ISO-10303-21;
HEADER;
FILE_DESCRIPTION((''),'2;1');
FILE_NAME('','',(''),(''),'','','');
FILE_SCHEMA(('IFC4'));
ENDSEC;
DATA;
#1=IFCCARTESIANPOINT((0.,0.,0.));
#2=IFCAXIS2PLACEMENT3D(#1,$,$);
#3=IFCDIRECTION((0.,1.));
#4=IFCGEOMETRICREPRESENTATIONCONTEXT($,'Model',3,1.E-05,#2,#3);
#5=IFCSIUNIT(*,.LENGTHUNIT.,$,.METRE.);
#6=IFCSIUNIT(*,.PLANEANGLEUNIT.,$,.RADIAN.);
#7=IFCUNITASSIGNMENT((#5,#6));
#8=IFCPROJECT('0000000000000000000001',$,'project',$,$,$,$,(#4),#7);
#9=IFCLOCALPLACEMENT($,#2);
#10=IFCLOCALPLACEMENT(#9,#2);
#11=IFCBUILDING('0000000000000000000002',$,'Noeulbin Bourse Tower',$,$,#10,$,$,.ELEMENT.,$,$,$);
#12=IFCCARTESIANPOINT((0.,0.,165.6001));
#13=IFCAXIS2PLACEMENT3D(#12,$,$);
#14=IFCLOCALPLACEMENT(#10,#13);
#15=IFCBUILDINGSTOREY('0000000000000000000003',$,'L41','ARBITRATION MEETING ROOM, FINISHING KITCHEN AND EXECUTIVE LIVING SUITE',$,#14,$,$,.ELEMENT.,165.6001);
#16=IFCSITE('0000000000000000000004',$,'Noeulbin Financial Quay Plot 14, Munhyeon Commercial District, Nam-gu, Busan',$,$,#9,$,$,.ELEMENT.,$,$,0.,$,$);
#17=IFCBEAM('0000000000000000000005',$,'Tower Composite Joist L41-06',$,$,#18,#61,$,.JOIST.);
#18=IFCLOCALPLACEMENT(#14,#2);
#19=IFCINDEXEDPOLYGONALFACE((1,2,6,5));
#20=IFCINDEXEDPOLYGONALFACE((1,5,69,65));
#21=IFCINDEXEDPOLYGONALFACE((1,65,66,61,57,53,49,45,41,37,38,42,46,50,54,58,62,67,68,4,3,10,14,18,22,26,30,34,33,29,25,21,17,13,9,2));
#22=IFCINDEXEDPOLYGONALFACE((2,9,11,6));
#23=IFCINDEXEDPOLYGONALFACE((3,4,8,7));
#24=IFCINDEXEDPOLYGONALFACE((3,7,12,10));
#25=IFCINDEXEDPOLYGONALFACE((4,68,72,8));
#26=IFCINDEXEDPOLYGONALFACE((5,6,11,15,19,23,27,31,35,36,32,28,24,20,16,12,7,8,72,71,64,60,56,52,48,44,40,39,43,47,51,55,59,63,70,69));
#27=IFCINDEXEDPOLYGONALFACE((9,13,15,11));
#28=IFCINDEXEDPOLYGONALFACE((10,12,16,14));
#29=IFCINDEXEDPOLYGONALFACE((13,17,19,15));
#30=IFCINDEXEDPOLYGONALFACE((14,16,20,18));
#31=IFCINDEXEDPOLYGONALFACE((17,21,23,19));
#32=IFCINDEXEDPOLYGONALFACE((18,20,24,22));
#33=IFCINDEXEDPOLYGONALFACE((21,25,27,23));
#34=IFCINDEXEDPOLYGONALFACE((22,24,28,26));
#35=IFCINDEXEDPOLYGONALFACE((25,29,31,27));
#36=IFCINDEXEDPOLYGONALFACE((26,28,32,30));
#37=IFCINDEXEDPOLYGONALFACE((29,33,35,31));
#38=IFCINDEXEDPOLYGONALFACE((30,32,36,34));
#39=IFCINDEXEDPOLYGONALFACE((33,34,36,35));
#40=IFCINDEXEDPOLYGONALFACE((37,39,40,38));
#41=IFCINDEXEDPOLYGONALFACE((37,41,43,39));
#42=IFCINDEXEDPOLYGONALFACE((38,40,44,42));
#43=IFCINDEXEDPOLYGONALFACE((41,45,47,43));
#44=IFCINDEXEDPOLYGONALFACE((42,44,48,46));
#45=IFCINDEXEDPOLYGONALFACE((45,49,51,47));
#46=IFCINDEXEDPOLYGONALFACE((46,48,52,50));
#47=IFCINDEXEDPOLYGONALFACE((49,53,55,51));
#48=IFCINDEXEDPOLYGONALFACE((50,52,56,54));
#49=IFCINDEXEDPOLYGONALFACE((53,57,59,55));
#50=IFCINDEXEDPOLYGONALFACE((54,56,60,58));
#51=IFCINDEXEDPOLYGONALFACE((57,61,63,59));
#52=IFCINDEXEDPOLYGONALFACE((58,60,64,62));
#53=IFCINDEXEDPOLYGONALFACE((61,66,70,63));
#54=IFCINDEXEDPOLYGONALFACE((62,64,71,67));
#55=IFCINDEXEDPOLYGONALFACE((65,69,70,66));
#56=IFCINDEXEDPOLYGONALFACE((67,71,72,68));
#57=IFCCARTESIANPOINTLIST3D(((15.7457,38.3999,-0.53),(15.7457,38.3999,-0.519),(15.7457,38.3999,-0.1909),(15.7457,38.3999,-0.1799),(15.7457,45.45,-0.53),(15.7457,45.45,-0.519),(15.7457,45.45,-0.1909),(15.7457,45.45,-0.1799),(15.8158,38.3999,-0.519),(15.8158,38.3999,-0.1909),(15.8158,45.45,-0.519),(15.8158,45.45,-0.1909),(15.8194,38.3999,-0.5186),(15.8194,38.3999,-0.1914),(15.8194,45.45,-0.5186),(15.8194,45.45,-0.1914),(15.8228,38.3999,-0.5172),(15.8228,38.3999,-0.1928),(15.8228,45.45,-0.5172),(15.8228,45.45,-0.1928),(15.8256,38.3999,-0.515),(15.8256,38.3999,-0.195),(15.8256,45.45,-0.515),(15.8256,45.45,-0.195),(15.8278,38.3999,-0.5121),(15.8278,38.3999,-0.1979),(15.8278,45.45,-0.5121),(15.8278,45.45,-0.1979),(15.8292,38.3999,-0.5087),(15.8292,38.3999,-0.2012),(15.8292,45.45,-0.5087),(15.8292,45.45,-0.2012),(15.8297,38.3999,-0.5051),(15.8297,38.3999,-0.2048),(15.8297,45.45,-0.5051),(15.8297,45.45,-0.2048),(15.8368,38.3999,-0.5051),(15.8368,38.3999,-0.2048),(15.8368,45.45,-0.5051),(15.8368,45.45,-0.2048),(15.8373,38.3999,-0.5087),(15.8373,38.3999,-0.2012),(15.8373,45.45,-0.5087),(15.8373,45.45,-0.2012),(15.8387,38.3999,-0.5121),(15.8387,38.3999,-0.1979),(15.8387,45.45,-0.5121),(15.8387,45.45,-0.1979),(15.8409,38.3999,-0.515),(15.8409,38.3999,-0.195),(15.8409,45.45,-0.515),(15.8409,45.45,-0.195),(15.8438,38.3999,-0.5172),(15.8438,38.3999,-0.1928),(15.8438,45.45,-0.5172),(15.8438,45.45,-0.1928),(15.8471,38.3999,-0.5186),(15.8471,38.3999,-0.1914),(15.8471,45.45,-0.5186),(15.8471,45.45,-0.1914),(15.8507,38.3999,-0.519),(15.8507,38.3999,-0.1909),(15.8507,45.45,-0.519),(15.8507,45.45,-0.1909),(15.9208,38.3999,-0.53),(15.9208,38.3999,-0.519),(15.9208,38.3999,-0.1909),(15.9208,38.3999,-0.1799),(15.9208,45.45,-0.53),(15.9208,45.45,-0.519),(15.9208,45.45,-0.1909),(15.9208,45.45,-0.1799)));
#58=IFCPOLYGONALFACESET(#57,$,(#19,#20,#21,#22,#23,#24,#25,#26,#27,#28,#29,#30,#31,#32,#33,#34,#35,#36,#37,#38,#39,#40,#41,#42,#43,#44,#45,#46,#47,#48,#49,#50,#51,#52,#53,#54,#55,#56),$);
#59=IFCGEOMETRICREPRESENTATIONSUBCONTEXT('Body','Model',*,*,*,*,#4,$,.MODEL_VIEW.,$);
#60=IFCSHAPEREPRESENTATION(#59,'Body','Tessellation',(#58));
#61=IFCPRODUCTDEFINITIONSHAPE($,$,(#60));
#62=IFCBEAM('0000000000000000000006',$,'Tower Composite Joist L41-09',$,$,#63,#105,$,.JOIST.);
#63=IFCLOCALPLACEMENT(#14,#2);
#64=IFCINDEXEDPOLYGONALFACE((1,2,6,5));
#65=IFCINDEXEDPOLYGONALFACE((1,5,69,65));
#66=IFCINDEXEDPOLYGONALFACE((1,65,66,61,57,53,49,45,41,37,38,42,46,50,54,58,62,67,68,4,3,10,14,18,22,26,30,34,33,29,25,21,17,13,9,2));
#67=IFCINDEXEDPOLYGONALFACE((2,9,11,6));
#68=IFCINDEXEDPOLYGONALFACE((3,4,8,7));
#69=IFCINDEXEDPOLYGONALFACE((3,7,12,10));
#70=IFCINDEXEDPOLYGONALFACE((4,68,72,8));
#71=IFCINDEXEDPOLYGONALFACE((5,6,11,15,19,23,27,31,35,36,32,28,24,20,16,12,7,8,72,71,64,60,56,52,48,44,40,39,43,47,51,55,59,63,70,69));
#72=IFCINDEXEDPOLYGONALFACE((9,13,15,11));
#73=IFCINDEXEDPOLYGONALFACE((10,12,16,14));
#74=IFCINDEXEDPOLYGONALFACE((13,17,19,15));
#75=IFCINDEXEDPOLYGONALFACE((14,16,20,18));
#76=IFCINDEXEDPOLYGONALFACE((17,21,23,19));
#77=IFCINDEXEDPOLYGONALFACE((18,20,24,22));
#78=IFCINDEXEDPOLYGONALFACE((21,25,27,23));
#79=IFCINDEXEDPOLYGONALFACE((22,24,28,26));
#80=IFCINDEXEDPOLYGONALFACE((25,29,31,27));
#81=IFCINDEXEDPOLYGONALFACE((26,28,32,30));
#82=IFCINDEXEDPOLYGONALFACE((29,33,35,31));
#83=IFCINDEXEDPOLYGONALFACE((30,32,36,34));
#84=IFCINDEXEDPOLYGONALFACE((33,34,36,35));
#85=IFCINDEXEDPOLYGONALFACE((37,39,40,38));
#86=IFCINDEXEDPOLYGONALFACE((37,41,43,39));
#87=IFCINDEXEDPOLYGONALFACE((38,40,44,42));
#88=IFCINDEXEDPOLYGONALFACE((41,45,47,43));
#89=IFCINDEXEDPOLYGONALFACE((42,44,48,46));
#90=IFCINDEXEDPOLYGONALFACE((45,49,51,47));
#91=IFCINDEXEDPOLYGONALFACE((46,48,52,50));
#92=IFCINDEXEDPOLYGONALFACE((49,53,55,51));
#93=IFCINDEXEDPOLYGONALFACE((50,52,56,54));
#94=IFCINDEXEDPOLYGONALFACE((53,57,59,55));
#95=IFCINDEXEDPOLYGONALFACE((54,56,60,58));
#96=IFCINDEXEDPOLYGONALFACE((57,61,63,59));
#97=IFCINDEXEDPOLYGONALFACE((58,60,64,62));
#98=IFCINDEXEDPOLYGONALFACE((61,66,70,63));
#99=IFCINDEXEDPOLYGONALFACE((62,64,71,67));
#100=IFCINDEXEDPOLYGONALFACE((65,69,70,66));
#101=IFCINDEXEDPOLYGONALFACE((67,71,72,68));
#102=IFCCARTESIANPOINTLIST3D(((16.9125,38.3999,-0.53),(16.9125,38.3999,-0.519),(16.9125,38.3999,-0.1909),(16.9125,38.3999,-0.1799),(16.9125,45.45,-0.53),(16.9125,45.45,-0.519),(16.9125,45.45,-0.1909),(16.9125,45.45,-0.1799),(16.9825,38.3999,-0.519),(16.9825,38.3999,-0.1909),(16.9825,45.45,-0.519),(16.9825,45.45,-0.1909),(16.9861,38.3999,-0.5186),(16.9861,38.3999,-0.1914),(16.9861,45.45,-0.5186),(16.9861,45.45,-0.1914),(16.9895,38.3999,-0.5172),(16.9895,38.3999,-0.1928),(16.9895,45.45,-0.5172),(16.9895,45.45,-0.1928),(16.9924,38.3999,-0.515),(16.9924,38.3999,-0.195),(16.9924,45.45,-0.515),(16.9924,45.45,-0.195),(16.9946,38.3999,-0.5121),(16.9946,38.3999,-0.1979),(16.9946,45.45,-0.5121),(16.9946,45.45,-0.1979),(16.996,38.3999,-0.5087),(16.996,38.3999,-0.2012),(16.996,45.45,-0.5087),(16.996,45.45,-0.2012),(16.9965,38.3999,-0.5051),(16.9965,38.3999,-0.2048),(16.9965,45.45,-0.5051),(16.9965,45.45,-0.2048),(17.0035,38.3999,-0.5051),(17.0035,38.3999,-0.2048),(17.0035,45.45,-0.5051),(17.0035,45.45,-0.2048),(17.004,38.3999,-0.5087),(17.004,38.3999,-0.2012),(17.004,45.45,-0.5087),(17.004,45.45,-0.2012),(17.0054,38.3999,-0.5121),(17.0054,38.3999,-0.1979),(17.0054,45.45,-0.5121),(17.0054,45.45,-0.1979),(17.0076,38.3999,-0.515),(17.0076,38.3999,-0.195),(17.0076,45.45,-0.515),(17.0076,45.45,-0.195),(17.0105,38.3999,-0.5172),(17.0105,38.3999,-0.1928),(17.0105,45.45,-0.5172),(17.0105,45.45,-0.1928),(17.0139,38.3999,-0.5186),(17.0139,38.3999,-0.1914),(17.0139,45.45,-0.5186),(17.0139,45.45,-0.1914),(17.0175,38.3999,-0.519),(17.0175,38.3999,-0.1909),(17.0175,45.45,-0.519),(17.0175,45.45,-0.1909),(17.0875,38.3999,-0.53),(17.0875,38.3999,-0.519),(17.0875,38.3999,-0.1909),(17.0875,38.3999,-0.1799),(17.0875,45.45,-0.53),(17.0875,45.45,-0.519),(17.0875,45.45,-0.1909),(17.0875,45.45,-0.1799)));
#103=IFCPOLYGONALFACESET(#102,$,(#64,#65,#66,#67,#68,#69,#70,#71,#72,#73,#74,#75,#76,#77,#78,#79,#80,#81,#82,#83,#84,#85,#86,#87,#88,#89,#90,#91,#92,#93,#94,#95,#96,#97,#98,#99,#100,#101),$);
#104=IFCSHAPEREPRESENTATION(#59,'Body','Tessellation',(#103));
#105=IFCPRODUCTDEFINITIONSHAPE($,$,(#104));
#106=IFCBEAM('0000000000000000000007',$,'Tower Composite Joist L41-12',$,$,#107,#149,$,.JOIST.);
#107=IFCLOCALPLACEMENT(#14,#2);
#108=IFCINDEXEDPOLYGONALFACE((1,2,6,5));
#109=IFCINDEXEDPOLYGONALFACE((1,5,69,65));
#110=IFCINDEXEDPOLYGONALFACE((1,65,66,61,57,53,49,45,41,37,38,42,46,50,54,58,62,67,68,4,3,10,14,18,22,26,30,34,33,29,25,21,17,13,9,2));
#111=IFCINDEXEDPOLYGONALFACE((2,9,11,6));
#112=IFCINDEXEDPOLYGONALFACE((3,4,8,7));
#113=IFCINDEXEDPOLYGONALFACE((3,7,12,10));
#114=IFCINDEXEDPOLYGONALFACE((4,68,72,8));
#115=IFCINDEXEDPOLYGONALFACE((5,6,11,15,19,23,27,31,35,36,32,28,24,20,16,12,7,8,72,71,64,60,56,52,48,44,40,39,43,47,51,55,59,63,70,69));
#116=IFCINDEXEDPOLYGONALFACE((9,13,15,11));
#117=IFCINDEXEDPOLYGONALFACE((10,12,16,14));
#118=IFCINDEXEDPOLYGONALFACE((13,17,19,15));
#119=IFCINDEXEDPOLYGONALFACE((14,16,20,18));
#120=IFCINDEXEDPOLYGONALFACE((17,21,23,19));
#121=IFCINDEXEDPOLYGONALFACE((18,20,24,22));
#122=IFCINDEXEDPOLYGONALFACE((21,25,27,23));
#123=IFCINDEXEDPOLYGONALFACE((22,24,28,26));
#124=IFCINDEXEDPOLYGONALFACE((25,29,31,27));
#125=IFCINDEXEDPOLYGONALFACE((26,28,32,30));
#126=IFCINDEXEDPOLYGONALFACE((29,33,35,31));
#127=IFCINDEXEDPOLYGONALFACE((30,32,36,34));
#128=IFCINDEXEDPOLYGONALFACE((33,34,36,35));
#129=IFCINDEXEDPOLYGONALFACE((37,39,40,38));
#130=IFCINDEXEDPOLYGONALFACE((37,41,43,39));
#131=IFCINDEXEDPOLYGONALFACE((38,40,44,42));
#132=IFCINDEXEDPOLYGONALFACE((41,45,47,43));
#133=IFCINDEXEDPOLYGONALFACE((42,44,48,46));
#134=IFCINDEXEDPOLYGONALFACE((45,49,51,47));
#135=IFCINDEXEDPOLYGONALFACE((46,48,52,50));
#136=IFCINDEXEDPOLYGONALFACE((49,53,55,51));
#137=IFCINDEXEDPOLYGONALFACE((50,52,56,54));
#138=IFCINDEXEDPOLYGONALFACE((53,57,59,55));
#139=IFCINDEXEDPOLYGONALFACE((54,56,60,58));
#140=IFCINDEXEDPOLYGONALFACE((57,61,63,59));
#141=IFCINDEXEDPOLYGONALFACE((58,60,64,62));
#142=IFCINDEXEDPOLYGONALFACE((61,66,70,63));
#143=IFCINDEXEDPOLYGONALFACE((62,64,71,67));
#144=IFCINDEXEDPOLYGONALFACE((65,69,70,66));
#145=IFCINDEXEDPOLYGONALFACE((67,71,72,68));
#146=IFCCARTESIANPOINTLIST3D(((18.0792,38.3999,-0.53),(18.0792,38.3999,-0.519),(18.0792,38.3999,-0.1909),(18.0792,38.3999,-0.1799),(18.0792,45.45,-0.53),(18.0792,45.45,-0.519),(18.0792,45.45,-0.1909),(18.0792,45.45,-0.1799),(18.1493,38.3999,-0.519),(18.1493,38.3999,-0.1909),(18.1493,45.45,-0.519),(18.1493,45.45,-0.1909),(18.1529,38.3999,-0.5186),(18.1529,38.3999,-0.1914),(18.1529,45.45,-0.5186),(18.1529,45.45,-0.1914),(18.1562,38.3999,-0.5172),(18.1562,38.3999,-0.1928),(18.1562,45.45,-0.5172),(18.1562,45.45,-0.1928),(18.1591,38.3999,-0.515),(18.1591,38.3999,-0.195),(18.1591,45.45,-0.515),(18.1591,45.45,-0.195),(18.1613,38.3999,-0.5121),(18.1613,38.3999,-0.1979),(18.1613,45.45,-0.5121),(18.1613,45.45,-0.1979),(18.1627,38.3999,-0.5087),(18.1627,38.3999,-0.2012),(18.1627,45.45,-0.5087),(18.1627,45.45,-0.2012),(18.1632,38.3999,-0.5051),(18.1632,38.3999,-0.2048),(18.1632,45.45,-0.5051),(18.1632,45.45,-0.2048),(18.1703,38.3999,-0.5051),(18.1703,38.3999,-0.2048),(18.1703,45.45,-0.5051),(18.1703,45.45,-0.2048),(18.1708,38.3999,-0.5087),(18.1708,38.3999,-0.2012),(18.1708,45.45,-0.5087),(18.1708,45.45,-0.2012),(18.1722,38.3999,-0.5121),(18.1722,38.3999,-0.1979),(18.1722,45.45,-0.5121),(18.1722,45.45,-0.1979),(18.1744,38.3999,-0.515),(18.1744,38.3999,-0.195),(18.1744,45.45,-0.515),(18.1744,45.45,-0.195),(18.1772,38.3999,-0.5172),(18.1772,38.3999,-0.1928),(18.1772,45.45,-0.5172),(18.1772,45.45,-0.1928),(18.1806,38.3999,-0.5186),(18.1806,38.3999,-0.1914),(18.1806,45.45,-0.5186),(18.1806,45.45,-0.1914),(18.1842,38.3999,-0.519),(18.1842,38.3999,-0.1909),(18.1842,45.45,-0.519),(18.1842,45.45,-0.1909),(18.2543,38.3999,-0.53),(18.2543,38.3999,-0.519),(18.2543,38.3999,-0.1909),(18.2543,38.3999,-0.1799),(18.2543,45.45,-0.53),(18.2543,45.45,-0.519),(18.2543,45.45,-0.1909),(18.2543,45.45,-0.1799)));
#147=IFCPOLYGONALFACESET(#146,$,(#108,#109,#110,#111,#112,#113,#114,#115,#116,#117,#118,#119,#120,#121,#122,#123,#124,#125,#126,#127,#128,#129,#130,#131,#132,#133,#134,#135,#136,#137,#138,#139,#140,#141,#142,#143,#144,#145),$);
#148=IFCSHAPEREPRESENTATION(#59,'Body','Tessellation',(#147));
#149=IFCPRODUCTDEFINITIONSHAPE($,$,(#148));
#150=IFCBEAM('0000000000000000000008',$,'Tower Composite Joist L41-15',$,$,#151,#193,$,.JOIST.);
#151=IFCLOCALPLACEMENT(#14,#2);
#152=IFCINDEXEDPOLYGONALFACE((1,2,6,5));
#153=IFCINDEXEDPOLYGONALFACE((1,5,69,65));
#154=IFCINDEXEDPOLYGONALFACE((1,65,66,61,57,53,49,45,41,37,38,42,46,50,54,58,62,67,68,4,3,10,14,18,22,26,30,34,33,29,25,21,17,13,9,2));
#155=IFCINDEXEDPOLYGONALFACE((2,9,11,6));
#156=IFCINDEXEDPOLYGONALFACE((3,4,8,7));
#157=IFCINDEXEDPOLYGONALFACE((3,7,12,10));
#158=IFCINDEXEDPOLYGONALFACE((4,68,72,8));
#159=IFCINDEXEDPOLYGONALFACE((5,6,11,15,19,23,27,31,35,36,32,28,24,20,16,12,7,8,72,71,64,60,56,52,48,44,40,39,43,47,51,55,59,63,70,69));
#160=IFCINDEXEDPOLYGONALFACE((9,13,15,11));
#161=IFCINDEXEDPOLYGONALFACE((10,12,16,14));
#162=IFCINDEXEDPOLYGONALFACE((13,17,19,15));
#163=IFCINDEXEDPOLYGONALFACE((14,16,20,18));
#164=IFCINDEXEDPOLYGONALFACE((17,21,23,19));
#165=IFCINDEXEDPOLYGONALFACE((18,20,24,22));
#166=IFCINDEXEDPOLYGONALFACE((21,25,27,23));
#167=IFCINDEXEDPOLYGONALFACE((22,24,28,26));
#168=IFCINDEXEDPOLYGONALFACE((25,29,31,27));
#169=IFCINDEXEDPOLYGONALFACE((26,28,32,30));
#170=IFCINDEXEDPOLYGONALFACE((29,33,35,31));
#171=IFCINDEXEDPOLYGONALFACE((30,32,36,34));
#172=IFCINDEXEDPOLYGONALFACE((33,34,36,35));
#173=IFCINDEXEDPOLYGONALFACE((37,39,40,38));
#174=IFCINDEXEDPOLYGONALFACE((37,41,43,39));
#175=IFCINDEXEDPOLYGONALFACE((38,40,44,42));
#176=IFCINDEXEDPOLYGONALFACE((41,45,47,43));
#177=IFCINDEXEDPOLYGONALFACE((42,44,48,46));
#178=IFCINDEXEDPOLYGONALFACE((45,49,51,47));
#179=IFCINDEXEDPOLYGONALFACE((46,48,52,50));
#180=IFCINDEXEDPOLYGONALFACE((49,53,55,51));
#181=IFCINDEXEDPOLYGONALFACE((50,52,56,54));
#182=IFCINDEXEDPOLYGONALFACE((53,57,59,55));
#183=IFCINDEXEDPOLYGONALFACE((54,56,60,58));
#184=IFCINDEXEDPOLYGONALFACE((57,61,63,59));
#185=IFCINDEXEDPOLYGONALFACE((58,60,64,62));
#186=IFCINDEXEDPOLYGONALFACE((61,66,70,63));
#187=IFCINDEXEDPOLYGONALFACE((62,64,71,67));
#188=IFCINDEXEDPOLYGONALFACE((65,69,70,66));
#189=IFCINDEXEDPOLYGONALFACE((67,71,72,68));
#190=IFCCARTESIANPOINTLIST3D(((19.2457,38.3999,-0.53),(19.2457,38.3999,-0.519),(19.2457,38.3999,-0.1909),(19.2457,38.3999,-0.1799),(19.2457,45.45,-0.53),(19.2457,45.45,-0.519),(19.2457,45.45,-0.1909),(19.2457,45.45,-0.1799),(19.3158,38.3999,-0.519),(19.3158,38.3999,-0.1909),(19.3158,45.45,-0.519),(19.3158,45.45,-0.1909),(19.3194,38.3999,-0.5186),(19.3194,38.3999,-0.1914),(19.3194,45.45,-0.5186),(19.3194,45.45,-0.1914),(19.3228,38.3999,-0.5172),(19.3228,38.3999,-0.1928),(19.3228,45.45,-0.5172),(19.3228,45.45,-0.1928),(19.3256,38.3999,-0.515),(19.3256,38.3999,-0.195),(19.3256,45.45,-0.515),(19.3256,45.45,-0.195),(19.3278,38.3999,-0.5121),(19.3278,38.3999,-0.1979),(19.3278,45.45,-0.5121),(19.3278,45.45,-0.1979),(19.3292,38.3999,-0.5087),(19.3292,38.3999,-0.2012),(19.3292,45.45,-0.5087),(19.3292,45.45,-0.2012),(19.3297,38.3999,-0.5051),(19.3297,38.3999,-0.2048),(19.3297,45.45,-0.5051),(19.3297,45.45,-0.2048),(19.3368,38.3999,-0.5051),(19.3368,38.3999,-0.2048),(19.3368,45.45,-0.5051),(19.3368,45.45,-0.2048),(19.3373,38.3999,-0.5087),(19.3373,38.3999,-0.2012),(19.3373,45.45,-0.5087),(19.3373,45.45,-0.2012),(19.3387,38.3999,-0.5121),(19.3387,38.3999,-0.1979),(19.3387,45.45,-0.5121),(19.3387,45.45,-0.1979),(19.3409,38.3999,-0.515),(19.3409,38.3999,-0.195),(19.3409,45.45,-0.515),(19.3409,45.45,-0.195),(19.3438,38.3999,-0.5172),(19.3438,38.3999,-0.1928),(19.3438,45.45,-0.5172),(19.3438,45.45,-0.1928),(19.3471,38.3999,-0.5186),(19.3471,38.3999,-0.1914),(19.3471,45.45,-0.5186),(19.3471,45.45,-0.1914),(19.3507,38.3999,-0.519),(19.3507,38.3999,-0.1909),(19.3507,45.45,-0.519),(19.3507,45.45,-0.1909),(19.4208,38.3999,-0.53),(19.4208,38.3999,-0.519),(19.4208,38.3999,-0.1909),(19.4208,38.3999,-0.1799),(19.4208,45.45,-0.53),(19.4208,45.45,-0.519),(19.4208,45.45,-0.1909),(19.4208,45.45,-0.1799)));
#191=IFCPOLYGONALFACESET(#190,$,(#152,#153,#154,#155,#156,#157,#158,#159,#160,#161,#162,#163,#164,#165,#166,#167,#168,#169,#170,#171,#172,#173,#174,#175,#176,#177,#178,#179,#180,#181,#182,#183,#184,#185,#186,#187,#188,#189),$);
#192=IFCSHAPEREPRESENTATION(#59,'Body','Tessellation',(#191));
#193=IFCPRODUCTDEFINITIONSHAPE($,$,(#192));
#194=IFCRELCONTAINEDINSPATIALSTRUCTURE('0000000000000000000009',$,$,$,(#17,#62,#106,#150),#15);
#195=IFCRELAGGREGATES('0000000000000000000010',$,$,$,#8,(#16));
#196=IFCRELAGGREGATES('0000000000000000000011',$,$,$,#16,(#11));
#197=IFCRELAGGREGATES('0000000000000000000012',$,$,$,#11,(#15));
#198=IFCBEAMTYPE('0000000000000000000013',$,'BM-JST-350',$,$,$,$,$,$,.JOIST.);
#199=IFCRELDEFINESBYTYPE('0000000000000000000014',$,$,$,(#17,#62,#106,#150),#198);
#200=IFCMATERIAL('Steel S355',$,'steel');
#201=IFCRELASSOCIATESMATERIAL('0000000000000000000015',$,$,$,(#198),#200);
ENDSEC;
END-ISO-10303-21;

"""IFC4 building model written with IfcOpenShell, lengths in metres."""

from ifc_helpers import new_model, si_unit, direction, frame, origin, origin_2d, place, context, subcontext, project, spatial, i_section, extrude, material, material_profile, profile_set, type_object, element, save


model = new_model("IFC4")

# Units and contexts
model_context = context("Model", 3, precision=1e-05, world=origin(), true_north=direction((0.0, 1.0)))
body_context = subcontext(model_context, "Body", "Model", "MODEL_VIEW")
ifc_project = project(units=[si_unit("LENGTHUNIT", "METRE"), si_unit("PLANEANGLEUNIT", "RADIAN")], contexts=[model_context])

# Site, building, storey
site_placement = place(None, origin())
site = spatial("IfcSite", under=ifc_project, at=site_placement, Name="Noeulbin Financial Quay Plot 14, Munhyeon Commercial District, Nam-gu, Busan", CompositionType="ELEMENT", RefElevation=0.0)
building_placement = place(site_placement, origin())
building = spatial("IfcBuilding", under=site, at=building_placement, Name="Noeulbin Bourse Tower", CompositionType="ELEMENT")
storey_placement = place(building_placement, frame((0.0, 0.0, 165.6001)))
storey = spatial("IfcBuildingStorey", under=building, at=storey_placement, Name="L41", Description="ARBITRATION MEETING ROOM, FINISHING KITCHEN AND EXECUTIVE LIVING SUITE", CompositionType="ELEMENT", Elevation=165.6001)

# Shared definitions
ifc_material_1 = material(Name="Steel S355", Category="steel")

# Beams
ifc_material_profile_1 = material_profile(ifc_material_1, i_section(OverallWidth=0.175, OverallDepth=0.3501, WebThickness=0.0071, FlangeThickness=0.011, FilletRadius=0.0139, at=origin_2d()), Name="H-350x175x7x11", Category="LoadBearing")
ifc_profile_set_1 = profile_set([ifc_material_profile_1], Name="Steel S355")
beam_type_1 = type_object("IfcBeamType", Name="BM-JST-350", PredefinedType="JOIST", material=ifc_profile_set_1)
for number, where, z_axis, x_axis, name in (
    (1, (15.8333, 38.3999, -0.355), (0.0, 1.0, 0.0), (-1.0, 0.0, 0.0), "Tower Composite Joist L41-06"),
    (2, (17.0, 38.3999, -0.355), (0.0, 1.0, 0.0), (-1.0, 0.0, 0.0), "Tower Composite Joist L41-09"),
    (3, (18.1667, 38.3999, -0.355), (0.0, 1.0, 0.0), (-1.0, 0.0, 0.0), "Tower Composite Joist L41-12"),
    (4, (19.3333, 38.3999, -0.355), (0.0, 1.0, 0.0), (-1.0, 0.0, 0.0), "Tower Composite Joist L41-15"),
):
    element("IfcBeam", number, at=place(storey_placement, frame(where, z_axis=z_axis, x_axis=x_axis)), inside=storey, type_object=beam_type_1, Name=name, PredefinedType="JOIST", context=body_context, shape_type="SweptSolid", body=[
        extrude(i_section(OverallWidth=0.175, OverallDepth=0.3501, WebThickness=0.0071, FlangeThickness=0.011, FilletRadius=0.0139, at=origin_2d()), origin(), (0.0, 0.0, 1.0), 7.05),
    ])

save(model, "model.ifc")
